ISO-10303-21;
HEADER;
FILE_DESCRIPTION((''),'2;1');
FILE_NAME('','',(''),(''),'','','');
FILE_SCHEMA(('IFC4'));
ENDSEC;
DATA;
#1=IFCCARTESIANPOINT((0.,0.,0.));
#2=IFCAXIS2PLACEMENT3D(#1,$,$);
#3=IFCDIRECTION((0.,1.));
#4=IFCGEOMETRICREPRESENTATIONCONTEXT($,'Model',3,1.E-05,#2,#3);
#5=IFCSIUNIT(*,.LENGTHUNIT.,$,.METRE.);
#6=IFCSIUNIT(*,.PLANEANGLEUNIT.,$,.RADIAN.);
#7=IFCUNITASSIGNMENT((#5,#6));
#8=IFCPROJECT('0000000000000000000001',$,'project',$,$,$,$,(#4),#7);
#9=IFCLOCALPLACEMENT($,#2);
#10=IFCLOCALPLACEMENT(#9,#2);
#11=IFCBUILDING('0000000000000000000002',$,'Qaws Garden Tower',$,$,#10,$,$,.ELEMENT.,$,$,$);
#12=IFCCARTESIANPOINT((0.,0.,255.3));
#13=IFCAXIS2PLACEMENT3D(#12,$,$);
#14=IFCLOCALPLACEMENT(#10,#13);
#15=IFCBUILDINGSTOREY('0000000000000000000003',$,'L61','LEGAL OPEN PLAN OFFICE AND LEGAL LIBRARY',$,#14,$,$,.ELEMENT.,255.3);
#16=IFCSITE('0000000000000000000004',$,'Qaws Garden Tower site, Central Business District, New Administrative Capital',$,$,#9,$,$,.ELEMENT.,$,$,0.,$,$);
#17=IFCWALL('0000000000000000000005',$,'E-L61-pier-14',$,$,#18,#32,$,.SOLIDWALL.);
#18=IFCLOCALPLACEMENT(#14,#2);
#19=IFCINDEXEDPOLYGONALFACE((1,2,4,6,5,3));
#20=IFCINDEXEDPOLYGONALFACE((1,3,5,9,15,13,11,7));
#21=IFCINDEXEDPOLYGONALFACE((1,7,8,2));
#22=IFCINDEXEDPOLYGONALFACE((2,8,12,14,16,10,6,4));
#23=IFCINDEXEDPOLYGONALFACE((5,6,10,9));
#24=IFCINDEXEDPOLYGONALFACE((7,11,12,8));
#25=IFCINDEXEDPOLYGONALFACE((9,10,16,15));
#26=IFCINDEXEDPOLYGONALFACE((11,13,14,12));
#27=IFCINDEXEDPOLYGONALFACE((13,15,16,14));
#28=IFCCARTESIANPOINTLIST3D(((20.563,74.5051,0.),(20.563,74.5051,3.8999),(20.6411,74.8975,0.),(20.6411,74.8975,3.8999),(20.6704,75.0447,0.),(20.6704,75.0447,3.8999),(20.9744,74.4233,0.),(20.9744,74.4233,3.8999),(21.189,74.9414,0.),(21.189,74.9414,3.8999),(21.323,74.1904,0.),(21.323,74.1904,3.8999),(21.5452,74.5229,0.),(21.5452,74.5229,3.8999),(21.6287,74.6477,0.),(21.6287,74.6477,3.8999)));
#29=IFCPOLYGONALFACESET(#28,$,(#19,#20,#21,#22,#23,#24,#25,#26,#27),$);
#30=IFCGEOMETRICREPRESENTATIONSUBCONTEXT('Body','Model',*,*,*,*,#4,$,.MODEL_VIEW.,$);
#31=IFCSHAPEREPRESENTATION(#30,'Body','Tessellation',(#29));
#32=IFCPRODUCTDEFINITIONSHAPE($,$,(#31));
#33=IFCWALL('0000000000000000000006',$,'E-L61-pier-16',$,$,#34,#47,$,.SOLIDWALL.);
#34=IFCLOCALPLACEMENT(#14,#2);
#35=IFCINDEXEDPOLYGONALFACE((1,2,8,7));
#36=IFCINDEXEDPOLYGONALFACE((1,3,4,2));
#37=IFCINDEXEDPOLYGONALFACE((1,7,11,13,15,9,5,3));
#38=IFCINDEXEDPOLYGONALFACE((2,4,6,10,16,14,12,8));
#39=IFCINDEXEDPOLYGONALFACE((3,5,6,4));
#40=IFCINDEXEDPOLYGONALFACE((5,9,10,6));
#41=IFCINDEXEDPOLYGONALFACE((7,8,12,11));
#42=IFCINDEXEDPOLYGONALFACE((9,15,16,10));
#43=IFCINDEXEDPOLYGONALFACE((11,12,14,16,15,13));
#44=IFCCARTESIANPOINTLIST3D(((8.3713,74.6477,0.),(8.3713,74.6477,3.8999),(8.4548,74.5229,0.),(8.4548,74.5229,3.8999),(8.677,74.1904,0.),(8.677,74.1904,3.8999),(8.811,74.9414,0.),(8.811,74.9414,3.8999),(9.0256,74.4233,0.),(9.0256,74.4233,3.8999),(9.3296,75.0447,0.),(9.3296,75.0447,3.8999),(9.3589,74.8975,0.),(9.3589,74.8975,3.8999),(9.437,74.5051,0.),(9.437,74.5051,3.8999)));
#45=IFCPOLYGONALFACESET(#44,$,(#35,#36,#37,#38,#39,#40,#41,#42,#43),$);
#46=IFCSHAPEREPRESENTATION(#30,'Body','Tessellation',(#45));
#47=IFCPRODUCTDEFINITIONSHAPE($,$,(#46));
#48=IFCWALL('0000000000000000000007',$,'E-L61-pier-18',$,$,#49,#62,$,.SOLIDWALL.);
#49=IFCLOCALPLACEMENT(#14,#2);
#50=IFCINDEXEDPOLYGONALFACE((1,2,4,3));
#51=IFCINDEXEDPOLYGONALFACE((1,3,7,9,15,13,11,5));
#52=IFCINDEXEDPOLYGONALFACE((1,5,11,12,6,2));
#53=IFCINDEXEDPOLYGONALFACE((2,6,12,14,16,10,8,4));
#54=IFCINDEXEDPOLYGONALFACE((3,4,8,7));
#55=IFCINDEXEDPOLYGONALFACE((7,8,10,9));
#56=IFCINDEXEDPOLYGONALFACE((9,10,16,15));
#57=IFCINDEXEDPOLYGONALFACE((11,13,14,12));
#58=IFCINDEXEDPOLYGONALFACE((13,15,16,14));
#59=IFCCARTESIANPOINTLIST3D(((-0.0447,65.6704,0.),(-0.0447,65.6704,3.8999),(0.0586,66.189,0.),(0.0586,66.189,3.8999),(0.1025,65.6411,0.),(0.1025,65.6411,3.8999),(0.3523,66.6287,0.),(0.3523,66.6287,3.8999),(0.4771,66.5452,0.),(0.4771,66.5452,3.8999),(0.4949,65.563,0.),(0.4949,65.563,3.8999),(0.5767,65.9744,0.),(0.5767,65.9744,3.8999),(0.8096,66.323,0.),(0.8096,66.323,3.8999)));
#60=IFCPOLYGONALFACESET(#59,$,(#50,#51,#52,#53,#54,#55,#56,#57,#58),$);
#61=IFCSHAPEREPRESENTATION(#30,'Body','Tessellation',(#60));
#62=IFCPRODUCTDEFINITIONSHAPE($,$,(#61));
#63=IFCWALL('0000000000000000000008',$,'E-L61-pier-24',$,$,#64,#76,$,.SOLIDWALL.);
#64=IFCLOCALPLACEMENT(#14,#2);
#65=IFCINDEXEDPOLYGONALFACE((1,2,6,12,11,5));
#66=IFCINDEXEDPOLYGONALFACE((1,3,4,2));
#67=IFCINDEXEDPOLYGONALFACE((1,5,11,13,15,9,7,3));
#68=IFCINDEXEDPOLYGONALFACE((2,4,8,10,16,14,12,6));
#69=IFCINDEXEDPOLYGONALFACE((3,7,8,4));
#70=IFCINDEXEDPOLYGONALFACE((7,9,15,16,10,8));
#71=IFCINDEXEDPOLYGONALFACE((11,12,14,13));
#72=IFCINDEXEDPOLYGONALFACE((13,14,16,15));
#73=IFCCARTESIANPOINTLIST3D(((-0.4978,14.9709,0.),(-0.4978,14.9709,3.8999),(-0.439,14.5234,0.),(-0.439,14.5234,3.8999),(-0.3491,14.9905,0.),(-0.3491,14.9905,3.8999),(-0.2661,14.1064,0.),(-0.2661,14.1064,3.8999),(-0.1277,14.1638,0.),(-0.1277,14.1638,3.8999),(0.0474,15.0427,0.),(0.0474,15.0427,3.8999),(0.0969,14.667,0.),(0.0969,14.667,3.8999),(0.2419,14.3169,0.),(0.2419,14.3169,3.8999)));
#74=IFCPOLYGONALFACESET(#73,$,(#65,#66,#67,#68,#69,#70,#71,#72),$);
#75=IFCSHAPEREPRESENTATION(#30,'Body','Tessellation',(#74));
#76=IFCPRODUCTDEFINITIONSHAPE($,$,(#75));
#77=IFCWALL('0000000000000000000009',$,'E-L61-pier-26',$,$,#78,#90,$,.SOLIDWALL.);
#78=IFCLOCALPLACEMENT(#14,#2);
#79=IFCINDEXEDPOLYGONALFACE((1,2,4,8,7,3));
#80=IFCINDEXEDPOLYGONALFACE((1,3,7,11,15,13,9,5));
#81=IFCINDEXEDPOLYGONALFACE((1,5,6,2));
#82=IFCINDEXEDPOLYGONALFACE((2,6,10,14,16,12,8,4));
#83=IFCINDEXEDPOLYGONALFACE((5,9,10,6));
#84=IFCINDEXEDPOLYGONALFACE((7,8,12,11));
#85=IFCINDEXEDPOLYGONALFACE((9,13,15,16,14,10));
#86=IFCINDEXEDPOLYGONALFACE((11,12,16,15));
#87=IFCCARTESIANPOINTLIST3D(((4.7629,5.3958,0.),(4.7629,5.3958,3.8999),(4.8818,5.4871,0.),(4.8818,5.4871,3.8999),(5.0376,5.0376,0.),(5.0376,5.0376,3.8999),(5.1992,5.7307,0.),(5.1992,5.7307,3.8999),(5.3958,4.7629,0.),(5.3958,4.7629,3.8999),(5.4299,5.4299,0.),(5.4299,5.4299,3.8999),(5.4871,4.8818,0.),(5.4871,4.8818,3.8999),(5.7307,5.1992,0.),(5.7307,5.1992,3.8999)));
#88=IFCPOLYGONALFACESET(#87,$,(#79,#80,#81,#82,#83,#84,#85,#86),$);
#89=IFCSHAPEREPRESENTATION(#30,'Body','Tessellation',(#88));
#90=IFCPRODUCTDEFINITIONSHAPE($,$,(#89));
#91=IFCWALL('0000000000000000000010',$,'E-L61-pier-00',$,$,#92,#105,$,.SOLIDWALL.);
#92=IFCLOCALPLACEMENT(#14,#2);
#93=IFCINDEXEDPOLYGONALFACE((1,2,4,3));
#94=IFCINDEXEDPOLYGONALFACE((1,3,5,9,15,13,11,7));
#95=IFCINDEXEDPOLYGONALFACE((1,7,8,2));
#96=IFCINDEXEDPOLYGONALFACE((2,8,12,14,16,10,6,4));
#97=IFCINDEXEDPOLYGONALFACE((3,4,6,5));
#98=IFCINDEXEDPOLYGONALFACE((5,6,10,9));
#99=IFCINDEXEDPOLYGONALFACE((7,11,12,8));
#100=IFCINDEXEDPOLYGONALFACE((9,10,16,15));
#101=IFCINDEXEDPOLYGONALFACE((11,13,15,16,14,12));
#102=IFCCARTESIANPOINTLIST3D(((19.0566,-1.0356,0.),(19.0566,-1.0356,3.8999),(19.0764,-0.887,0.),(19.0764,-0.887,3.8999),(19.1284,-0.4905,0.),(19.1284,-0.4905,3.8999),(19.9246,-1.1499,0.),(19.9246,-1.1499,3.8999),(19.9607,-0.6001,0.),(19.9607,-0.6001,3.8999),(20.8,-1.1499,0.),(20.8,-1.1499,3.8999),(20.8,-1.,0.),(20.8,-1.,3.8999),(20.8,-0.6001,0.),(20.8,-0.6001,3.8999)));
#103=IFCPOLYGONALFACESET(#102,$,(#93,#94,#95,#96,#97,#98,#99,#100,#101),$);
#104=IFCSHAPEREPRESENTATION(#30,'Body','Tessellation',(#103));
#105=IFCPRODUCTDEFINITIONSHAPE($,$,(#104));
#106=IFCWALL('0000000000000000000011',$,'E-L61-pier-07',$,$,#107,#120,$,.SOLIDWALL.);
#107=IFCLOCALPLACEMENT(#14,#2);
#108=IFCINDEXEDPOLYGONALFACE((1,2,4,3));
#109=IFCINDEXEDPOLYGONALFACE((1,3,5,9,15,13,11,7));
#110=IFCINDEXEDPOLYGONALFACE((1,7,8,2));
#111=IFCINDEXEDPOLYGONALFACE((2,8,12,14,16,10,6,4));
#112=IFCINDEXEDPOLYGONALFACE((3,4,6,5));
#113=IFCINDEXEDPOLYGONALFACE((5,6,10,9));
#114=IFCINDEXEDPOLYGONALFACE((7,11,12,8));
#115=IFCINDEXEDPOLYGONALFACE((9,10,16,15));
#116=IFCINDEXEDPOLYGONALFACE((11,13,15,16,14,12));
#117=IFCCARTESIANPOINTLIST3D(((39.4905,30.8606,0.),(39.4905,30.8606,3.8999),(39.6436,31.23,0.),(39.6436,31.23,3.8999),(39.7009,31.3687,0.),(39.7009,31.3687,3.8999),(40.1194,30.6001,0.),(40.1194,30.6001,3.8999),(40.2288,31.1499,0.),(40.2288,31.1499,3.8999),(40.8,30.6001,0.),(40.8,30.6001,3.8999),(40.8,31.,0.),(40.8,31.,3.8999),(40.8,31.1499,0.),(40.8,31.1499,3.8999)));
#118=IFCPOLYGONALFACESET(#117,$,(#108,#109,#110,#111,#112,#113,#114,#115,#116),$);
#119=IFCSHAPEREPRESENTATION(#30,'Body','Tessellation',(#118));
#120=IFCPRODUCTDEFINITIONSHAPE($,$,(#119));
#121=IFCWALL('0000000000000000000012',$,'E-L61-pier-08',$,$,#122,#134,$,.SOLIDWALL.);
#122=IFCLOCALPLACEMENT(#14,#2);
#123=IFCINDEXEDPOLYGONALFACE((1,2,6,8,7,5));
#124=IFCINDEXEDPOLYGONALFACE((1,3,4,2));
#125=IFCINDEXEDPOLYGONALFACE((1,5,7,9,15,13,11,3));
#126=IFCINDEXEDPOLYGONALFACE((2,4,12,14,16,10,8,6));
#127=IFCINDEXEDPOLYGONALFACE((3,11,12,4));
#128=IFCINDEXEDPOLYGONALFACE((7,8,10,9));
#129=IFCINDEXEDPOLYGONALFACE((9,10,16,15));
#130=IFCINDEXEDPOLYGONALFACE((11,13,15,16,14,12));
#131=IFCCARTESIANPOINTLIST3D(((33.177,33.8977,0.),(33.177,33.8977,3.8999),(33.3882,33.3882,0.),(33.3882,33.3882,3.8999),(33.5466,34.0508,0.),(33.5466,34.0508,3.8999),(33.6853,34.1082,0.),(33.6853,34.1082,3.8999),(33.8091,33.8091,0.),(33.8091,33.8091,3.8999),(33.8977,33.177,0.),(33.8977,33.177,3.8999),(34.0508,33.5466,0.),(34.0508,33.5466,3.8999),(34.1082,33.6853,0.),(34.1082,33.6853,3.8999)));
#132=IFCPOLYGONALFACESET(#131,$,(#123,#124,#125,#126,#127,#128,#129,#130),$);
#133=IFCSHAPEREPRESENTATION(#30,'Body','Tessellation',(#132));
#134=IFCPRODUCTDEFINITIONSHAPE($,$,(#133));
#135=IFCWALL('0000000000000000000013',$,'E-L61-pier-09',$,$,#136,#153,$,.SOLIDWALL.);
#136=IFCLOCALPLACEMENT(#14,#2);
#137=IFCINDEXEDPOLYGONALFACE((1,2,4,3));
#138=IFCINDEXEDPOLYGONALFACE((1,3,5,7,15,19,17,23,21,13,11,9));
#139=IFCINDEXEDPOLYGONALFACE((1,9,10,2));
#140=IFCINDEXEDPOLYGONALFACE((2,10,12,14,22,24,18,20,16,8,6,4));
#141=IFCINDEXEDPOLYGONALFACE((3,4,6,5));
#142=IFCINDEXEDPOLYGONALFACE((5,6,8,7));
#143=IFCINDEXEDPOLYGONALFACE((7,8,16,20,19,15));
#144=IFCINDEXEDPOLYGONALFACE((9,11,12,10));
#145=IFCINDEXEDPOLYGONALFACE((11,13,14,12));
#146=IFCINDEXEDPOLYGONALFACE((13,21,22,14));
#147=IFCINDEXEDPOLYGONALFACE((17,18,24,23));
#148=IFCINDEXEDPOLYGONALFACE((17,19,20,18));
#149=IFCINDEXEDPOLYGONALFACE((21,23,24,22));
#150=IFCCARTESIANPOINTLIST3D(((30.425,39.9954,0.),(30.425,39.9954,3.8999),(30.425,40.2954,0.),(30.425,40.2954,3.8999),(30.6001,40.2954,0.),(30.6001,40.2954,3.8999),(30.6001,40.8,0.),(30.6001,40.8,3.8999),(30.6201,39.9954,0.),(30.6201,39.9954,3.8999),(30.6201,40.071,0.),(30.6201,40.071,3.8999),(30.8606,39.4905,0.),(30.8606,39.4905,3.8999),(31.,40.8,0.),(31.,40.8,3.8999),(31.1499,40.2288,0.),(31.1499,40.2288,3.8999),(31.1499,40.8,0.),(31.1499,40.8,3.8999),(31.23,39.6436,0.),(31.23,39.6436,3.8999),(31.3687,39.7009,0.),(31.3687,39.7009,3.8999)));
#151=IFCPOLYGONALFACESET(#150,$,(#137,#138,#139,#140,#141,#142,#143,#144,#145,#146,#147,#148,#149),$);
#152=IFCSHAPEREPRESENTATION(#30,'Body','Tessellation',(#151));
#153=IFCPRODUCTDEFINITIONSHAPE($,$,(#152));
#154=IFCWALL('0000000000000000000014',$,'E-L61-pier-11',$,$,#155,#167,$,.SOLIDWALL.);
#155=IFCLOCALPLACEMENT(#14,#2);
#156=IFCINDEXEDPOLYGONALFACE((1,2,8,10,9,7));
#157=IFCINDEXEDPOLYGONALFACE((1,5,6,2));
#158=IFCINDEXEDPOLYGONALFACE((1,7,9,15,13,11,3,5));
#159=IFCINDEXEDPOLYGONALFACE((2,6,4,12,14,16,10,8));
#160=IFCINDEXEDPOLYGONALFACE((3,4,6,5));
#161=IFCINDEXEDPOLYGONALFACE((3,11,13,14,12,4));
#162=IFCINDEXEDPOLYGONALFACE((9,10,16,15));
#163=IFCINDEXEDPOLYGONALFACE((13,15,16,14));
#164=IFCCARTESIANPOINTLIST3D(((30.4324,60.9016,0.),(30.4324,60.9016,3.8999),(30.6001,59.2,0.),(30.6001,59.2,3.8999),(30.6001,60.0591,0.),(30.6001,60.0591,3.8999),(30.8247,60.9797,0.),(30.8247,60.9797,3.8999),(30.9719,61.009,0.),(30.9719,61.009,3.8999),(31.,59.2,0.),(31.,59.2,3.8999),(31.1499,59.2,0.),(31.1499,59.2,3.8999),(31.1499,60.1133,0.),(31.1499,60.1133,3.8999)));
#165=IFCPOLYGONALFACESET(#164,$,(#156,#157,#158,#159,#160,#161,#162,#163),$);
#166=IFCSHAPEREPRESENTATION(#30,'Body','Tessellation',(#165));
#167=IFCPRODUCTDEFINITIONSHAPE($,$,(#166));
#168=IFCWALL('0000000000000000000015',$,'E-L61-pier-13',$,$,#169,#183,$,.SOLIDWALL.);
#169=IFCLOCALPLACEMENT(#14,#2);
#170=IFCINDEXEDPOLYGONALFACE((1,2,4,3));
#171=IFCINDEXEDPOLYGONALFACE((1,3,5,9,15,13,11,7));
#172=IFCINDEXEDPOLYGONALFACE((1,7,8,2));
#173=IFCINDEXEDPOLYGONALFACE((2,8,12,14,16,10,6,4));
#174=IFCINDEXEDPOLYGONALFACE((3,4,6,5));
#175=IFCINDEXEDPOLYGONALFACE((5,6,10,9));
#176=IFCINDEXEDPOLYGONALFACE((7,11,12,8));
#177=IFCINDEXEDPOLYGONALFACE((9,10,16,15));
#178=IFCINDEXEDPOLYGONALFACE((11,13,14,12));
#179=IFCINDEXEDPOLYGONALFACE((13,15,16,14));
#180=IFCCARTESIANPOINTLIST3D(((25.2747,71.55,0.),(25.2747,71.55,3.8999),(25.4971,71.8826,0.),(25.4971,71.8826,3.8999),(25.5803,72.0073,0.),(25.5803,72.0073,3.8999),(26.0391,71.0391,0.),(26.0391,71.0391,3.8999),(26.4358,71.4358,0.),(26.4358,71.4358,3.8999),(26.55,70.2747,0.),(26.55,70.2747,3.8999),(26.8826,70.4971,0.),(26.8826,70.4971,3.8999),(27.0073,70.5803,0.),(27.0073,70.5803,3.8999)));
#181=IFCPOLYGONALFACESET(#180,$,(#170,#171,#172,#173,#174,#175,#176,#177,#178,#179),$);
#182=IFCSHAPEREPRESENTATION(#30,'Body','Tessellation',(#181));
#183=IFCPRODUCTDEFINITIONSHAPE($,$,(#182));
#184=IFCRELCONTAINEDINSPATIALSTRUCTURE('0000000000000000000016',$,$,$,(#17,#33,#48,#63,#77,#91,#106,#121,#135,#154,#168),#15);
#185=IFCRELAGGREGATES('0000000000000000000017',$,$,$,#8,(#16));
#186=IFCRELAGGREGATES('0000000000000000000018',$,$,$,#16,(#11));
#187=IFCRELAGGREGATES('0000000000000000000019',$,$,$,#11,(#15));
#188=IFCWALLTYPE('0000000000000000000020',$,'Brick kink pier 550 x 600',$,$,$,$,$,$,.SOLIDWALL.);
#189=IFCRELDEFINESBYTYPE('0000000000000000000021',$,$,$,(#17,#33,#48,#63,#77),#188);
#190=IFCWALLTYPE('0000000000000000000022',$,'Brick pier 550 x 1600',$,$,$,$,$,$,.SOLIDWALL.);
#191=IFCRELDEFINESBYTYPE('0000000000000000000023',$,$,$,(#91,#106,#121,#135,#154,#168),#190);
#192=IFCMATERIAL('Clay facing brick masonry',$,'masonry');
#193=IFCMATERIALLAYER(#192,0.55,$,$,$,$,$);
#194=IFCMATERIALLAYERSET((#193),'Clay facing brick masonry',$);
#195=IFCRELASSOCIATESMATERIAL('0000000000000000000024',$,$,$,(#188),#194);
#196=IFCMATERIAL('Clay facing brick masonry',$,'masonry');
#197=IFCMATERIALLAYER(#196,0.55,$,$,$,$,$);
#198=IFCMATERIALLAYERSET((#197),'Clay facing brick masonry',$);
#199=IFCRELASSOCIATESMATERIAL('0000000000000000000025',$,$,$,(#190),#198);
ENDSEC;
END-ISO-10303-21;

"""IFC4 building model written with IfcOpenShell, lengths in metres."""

from ifc_helpers import new_model, si_unit, direction, frame, origin, place, context, subcontext, project, spatial, polyline, outline, extrude, material, layer, layer_set, type_object, element, save


model = new_model("IFC4")

# Units and contexts
model_context = context("Model", 3, precision=1e-05, world=origin(), true_north=direction((0.0, 1.0)))
body_context = subcontext(model_context, "Body", "Model", "MODEL_VIEW")
ifc_project = project(units=[si_unit("LENGTHUNIT", "METRE"), si_unit("PLANEANGLEUNIT", "RADIAN")], contexts=[model_context])

# Site, building, storey
site_placement = place(None, origin())
site = spatial("IfcSite", under=ifc_project, at=site_placement, Name="Qaws Garden Tower site, Central Business District, New Administrative Capital", CompositionType="ELEMENT", RefElevation=0.0)
building_placement = place(site_placement, origin())
building = spatial("IfcBuilding", under=site, at=building_placement, Name="Qaws Garden Tower", CompositionType="ELEMENT")
storey_placement = place(building_placement, frame((0.0, 0.0, 255.3)))
storey = spatial("IfcBuildingStorey", under=building, at=storey_placement, Name="L61", Description="LEGAL OPEN PLAN OFFICE AND LEGAL LIBRARY", CompositionType="ELEMENT", Elevation=255.3)

# Walls
placement = place(storey_placement, origin())
ifc_material_1 = material(Name="Clay facing brick masonry", Category="masonry")
ifc_layer_1 = layer(ifc_material_1, 0.55)
ifc_layer_set_1 = layer_set([ifc_layer_1], Name="Clay facing brick masonry")
wall_type_1 = type_object("IfcWallType", Name="Brick kink pier 550 x 600", PredefinedType="SOLIDWALL", material=ifc_layer_set_1)
element("IfcWall", 1, at=placement, inside=storey, type_object=wall_type_1, Name="E-L61-pier-14", PredefinedType="SOLIDWALL", context=body_context, shape_type="SweptSolid", body=[
    extrude(outline(polyline([(21.5452, 74.5229), (21.6287, 74.6477), (21.189, 74.9414), (20.6704, 75.0447), (20.6411, 74.8975), (20.563, 74.5051), (20.9744, 74.4233), (21.323, 74.1904), (21.5452, 74.5229)])), origin(), (0.0, 0.0, 1.0), 3.8999),
])
element("IfcWall", 2, at=placement, inside=storey, type_object=wall_type_1, Name="E-L61-pier-16", PredefinedType="SOLIDWALL", context=body_context, shape_type="SweptSolid", body=[
    extrude(outline(polyline([(9.3589, 74.8975), (9.3296, 75.0447), (8.811, 74.9414), (8.3713, 74.6477), (8.4548, 74.5229), (8.677, 74.1904), (9.0256, 74.4233), (9.437, 74.5051), (9.3589, 74.8975)])), origin(), (0.0, 0.0, 1.0), 3.8999),
])
element("IfcWall", 3, at=placement, inside=storey, type_object=wall_type_1, Name="E-L61-pier-18", PredefinedType="SOLIDWALL", context=body_context, shape_type="SweptSolid", body=[
    extrude(outline(polyline([(0.4771, 66.5452), (0.3523, 66.6287), (0.0586, 66.189), (-0.0447, 65.6704), (0.1025, 65.6411), (0.4949, 65.563), (0.5767, 65.9744), (0.8096, 66.323), (0.4771, 66.5452)])), origin(), (0.0, 0.0, 1.0), 3.8999),
])
element("IfcWall", 4, at=placement, inside=storey, type_object=wall_type_1, Name="E-L61-pier-24", PredefinedType="SOLIDWALL", context=body_context, shape_type="SweptSolid", body=[
    extrude(outline(polyline([(-0.3491, 14.9905), (-0.4978, 14.9709), (-0.439, 14.5234), (-0.2661, 14.1064), (-0.1277, 14.1638), (0.2419, 14.3169), (0.0969, 14.667), (0.0474, 15.0427), (-0.3491, 14.9905)])), origin(), (0.0, 0.0, 1.0), 3.8999),
])
element("IfcWall", 5, at=placement, inside=storey, type_object=wall_type_1, Name="E-L61-pier-26", PredefinedType="SOLIDWALL", context=body_context, shape_type="SweptSolid", body=[
    extrude(outline(polyline([(4.8818, 5.4871), (4.7629, 5.3958), (5.0376, 5.0376), (5.3958, 4.7629), (5.4871, 4.8818), (5.7307, 5.1992), (5.4299, 5.4299), (5.1992, 5.7307), (4.8818, 5.4871)])), origin(), (0.0, 0.0, 1.0), 3.8999),
])
ifc_material_2 = material(Name="Clay facing brick masonry", Category="masonry")
ifc_layer_2 = layer(ifc_material_2, 0.55)
ifc_layer_set_2 = layer_set([ifc_layer_2], Name="Clay facing brick masonry")
wall_type_2 = type_object("IfcWallType", Name="Brick pier 550 x 1600", PredefinedType="SOLIDWALL", material=ifc_layer_set_2)
element("IfcWall", 6, at=placement, inside=storey, type_object=wall_type_2, Name="E-L61-pier-00", PredefinedType="SOLIDWALL", context=body_context, shape_type="SweptSolid", body=[
    extrude(outline(polyline([(19.0764, -0.887), (19.0566, -1.0356), (19.9246, -1.1499), (20.8, -1.1499), (20.8, -1.0), (20.8, -0.6001), (19.9607, -0.6001), (19.1284, -0.4905), (19.0764, -0.887)])), origin(), (0.0, 0.0, 1.0), 3.8999),
])
element("IfcWall", 7, at=placement, inside=storey, type_object=wall_type_2, Name="E-L61-pier-07", PredefinedType="SOLIDWALL", context=body_context, shape_type="SweptSolid", body=[
    extrude(outline(polyline([(40.8, 31.0), (40.8, 31.1499), (40.2288, 31.1499), (39.7009, 31.3687), (39.6436, 31.23), (39.4905, 30.8606), (40.1194, 30.6001), (40.8, 30.6001), (40.8, 31.0)])), origin(), (0.0, 0.0, 1.0), 3.8999),
])
element("IfcWall", 8, at=placement, inside=storey, type_object=wall_type_2, Name="E-L61-pier-08", PredefinedType="SOLIDWALL", context=body_context, shape_type="SweptSolid", body=[
    extrude(outline(polyline([(34.0508, 33.5466), (34.1082, 33.6853), (33.8091, 33.8091), (33.6853, 34.1082), (33.5466, 34.0508), (33.177, 33.8977), (33.3882, 33.3882), (33.8977, 33.177), (34.0508, 33.5466)])), origin(), (0.0, 0.0, 1.0), 3.8999),
])
element("IfcWall", 9, at=placement, inside=storey, type_object=wall_type_2, Name="E-L61-pier-09", PredefinedType="SOLIDWALL", context=body_context, shape_type="SweptSolid", body=[
    extrude(outline(polyline([(30.6201, 39.9954), (30.6201, 40.071), (30.8606, 39.4905), (31.23, 39.6436), (31.3687, 39.7009), (31.1499, 40.2288), (31.1499, 40.8), (31.0, 40.8), (30.6001, 40.8), (30.6001, 40.2954), (30.425, 40.2954), (30.425, 39.9954), (30.6201, 39.9954)])), origin(), (0.0, 0.0, 1.0), 3.8999),
])
element("IfcWall", 10, at=placement, inside=storey, type_object=wall_type_2, Name="E-L61-pier-11", PredefinedType="SOLIDWALL", context=body_context, shape_type="SweptSolid", body=[
    extrude(outline(polyline([(31.0, 59.2), (31.1499, 59.2), (31.1499, 60.1133), (30.9719, 61.009), (30.8247, 60.9797), (30.4324, 60.9016), (30.6001, 60.0591), (30.6001, 59.2), (31.0, 59.2)])), origin(), (0.0, 0.0, 1.0), 3.8999),
])
element("IfcWall", 11, at=placement, inside=storey, type_object=wall_type_2, Name="E-L61-pier-13", PredefinedType="SOLIDWALL", context=body_context, shape_type="SweptSolid", body=[
    extrude(outline(polyline([(26.8826, 70.4971), (27.0073, 70.5803), (26.4358, 71.4358), (25.5803, 72.0073), (25.4971, 71.8826), (25.2747, 71.55), (26.0391, 71.0391), (26.55, 70.2747), (26.8826, 70.4971)])), origin(), (0.0, 0.0, 1.0), 3.8999),
])

save(model, "model.ifc")
